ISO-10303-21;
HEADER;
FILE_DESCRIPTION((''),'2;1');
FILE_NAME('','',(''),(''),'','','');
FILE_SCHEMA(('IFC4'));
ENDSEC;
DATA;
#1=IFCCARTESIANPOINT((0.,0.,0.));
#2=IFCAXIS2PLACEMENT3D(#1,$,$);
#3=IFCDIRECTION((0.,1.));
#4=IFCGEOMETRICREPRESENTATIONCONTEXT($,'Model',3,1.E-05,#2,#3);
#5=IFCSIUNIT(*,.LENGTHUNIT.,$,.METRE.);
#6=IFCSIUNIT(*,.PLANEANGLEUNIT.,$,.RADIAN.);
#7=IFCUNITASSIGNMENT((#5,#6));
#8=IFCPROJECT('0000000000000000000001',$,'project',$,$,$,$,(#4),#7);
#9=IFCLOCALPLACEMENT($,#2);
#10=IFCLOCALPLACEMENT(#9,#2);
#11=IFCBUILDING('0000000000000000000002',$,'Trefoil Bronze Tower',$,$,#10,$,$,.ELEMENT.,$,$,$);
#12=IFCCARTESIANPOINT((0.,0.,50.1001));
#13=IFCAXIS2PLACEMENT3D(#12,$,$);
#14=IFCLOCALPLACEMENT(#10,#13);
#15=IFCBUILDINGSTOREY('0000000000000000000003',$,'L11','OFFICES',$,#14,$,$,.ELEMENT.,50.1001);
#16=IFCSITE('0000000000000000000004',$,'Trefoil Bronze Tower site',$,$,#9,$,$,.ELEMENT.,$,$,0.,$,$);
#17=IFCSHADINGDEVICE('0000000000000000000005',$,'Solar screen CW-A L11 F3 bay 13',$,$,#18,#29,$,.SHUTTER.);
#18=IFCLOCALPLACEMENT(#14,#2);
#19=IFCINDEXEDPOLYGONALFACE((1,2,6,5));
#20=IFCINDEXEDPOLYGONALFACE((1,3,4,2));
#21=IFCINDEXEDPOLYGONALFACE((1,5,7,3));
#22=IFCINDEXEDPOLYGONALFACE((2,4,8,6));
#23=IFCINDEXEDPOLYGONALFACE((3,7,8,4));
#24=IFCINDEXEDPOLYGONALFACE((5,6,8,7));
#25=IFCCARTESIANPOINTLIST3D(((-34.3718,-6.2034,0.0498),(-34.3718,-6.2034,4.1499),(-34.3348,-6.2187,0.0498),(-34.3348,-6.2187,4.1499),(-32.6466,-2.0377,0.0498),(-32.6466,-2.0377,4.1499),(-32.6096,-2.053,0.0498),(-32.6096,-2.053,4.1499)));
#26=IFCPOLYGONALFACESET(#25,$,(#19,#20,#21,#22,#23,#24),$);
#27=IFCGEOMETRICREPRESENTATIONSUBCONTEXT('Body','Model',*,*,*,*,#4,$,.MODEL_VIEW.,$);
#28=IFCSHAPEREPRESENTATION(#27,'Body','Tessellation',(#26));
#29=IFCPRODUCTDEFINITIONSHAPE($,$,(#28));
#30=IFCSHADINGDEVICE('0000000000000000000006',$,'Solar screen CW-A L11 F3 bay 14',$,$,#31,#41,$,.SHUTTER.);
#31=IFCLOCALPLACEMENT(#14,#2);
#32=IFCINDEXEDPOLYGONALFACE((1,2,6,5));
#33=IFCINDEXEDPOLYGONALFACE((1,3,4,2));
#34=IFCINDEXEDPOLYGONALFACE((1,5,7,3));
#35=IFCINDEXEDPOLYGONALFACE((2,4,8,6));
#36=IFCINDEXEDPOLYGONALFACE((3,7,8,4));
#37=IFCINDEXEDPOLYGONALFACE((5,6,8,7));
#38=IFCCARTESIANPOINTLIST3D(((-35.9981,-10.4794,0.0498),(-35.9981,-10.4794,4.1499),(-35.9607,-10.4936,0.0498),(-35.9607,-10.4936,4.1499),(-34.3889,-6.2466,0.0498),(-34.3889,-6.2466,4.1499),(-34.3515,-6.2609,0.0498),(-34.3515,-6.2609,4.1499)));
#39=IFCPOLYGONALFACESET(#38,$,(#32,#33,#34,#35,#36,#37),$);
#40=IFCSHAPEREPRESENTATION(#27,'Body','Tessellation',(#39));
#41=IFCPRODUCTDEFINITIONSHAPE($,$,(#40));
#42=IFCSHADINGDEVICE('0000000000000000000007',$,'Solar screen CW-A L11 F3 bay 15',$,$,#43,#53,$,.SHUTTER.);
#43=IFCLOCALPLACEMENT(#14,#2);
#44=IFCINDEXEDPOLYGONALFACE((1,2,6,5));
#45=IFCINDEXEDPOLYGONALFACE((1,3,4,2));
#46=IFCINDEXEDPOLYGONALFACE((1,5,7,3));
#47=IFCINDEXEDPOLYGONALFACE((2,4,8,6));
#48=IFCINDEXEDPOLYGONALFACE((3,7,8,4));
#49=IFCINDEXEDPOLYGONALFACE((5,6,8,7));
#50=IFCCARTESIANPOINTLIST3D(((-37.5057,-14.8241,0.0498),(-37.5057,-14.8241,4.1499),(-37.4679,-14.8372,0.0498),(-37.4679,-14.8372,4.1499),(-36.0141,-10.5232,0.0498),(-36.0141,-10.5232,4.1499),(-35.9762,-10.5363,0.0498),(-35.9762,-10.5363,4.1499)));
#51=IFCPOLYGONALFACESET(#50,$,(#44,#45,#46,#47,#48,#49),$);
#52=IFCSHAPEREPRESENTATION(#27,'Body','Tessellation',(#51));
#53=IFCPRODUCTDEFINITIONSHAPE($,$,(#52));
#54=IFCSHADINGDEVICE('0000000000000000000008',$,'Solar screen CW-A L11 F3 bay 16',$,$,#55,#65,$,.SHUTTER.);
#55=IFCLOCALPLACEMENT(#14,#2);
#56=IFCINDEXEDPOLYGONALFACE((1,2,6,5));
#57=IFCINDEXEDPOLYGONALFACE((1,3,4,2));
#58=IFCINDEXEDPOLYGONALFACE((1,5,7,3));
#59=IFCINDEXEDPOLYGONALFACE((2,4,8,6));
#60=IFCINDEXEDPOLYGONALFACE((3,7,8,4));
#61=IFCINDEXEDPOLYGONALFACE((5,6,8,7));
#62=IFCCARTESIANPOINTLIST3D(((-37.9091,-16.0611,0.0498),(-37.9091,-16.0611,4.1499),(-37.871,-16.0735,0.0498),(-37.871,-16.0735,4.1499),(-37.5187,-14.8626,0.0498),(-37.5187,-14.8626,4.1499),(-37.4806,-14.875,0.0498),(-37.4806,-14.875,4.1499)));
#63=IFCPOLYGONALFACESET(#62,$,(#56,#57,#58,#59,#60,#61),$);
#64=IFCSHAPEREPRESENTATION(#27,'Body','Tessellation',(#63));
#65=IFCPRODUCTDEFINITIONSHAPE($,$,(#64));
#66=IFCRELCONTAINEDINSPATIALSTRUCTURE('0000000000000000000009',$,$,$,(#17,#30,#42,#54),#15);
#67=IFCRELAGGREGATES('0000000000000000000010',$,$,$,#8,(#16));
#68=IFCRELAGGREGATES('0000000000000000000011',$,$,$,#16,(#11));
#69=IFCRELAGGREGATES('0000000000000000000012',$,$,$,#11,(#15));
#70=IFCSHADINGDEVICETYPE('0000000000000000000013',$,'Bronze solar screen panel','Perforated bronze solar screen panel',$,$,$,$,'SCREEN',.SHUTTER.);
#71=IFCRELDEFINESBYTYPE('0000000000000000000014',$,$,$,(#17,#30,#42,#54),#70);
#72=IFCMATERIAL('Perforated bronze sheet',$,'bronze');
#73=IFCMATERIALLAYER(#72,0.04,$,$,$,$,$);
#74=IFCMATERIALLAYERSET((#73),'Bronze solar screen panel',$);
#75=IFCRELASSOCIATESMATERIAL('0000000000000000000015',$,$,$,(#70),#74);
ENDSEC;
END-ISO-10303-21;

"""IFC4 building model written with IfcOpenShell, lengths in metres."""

from ifc_helpers import new_model, si_unit, direction, frame, origin, origin_2d, place, context, subcontext, project, spatial, rectangle, extrude, material, layer, layer_set, type_object, element, save


model = new_model("IFC4")

# Units and contexts
model_context = context("Model", 3, precision=1e-05, world=origin(), true_north=direction((0.0, 1.0)))
body_context = subcontext(model_context, "Body", "Model", "MODEL_VIEW")
ifc_project = project(units=[si_unit("LENGTHUNIT", "METRE"), si_unit("PLANEANGLEUNIT", "RADIAN")], contexts=[model_context])

# Site, building, storey
site_placement = place(None, origin())
site = spatial("IfcSite", under=ifc_project, at=site_placement, Name="Trefoil Bronze Tower site", CompositionType="ELEMENT", RefElevation=0.0)
building_placement = place(site_placement, origin())
building = spatial("IfcBuilding", under=site, at=building_placement, Name="Trefoil Bronze Tower", CompositionType="ELEMENT")
storey_placement = place(building_placement, frame((0.0, 0.0, 50.1001)))
storey = spatial("IfcBuildingStorey", under=building, at=storey_placement, Name="L11", Description="OFFICES", CompositionType="ELEMENT", Elevation=50.1001)

# Shading devices
ifc_material_1 = material(Name="Perforated bronze sheet", Category="bronze")
ifc_layer_1 = layer(ifc_material_1, 0.04)
ifc_layer_set_1 = layer_set([ifc_layer_1], Name="Bronze solar screen panel")
shading_device_type = type_object("IfcShadingDeviceType", Name="Bronze solar screen panel", Description="Perforated bronze solar screen panel", ElementType="SCREEN", PredefinedType="SHUTTER", material=ifc_layer_set_1)
shading_device_1_placement = place(storey_placement, frame((-33.4907, -4.1282, 0.0498), z_axis=(0.0, 0.0, 1.0), x_axis=(-0.38263, -0.923902, 0.0)))
element("IfcShadingDevice", 1, at=shading_device_1_placement, inside=storey, type_object=shading_device_type, Name="Solar screen CW-A L11 F3 bay 13", PredefinedType="SHUTTER", context=body_context, shape_type="SweptSolid", body=[
    extrude(rectangle(XDim=4.5088, YDim=0.04, at=origin_2d()), origin(), (0.0, 0.0, 1.0), 4.1001),
])
shading_device_2_placement = place(storey_placement, frame((-35.1748, -8.3701, 0.0498), z_axis=(0.0, 0.0, 1.0), x_axis=(-0.355371, -0.934725, 0.0)))
element("IfcShadingDevice", 2, at=shading_device_2_placement, inside=storey, type_object=shading_device_type, Name="Solar screen CW-A L11 F3 bay 14", PredefinedType="SHUTTER", context=body_context, shape_type="SweptSolid", body=[
    extrude(rectangle(XDim=4.5283, YDim=0.04, at=origin_2d()), origin(), (0.0, 0.0, 1.0), 4.1001),
])
shading_device_3_placement = place(storey_placement, frame((-36.741, -12.6802, 0.0498), z_axis=(0.0, 0.0, 1.0), x_axis=(-0.327674, -0.944791, 0.0)))
element("IfcShadingDevice", 3, at=shading_device_3_placement, inside=storey, type_object=shading_device_type, Name="Solar screen CW-A L11 F3 bay 15", PredefinedType="SHUTTER", context=body_context, shape_type="SweptSolid", body=[
    extrude(rectangle(XDim=4.5522, YDim=0.04, at=origin_2d()), origin(), (0.0, 0.0, 1.0), 4.1001),
])
shading_device_4_placement = place(storey_placement, frame((-37.6948, -15.468, 0.0498), z_axis=(0.0, 0.0, 1.0), x_axis=(-0.309728, -0.950825, 0.0)))
element("IfcShadingDevice", 4, at=shading_device_4_placement, inside=storey, type_object=shading_device_type, Name="Solar screen CW-A L11 F3 bay 16", PredefinedType="SHUTTER", context=body_context, shape_type="SweptSolid", body=[
    extrude(rectangle(XDim=1.2605, YDim=0.04, at=origin_2d()), origin(), (0.0, 0.0, 1.0), 4.1001),
])

save(model, "model.ifc")
